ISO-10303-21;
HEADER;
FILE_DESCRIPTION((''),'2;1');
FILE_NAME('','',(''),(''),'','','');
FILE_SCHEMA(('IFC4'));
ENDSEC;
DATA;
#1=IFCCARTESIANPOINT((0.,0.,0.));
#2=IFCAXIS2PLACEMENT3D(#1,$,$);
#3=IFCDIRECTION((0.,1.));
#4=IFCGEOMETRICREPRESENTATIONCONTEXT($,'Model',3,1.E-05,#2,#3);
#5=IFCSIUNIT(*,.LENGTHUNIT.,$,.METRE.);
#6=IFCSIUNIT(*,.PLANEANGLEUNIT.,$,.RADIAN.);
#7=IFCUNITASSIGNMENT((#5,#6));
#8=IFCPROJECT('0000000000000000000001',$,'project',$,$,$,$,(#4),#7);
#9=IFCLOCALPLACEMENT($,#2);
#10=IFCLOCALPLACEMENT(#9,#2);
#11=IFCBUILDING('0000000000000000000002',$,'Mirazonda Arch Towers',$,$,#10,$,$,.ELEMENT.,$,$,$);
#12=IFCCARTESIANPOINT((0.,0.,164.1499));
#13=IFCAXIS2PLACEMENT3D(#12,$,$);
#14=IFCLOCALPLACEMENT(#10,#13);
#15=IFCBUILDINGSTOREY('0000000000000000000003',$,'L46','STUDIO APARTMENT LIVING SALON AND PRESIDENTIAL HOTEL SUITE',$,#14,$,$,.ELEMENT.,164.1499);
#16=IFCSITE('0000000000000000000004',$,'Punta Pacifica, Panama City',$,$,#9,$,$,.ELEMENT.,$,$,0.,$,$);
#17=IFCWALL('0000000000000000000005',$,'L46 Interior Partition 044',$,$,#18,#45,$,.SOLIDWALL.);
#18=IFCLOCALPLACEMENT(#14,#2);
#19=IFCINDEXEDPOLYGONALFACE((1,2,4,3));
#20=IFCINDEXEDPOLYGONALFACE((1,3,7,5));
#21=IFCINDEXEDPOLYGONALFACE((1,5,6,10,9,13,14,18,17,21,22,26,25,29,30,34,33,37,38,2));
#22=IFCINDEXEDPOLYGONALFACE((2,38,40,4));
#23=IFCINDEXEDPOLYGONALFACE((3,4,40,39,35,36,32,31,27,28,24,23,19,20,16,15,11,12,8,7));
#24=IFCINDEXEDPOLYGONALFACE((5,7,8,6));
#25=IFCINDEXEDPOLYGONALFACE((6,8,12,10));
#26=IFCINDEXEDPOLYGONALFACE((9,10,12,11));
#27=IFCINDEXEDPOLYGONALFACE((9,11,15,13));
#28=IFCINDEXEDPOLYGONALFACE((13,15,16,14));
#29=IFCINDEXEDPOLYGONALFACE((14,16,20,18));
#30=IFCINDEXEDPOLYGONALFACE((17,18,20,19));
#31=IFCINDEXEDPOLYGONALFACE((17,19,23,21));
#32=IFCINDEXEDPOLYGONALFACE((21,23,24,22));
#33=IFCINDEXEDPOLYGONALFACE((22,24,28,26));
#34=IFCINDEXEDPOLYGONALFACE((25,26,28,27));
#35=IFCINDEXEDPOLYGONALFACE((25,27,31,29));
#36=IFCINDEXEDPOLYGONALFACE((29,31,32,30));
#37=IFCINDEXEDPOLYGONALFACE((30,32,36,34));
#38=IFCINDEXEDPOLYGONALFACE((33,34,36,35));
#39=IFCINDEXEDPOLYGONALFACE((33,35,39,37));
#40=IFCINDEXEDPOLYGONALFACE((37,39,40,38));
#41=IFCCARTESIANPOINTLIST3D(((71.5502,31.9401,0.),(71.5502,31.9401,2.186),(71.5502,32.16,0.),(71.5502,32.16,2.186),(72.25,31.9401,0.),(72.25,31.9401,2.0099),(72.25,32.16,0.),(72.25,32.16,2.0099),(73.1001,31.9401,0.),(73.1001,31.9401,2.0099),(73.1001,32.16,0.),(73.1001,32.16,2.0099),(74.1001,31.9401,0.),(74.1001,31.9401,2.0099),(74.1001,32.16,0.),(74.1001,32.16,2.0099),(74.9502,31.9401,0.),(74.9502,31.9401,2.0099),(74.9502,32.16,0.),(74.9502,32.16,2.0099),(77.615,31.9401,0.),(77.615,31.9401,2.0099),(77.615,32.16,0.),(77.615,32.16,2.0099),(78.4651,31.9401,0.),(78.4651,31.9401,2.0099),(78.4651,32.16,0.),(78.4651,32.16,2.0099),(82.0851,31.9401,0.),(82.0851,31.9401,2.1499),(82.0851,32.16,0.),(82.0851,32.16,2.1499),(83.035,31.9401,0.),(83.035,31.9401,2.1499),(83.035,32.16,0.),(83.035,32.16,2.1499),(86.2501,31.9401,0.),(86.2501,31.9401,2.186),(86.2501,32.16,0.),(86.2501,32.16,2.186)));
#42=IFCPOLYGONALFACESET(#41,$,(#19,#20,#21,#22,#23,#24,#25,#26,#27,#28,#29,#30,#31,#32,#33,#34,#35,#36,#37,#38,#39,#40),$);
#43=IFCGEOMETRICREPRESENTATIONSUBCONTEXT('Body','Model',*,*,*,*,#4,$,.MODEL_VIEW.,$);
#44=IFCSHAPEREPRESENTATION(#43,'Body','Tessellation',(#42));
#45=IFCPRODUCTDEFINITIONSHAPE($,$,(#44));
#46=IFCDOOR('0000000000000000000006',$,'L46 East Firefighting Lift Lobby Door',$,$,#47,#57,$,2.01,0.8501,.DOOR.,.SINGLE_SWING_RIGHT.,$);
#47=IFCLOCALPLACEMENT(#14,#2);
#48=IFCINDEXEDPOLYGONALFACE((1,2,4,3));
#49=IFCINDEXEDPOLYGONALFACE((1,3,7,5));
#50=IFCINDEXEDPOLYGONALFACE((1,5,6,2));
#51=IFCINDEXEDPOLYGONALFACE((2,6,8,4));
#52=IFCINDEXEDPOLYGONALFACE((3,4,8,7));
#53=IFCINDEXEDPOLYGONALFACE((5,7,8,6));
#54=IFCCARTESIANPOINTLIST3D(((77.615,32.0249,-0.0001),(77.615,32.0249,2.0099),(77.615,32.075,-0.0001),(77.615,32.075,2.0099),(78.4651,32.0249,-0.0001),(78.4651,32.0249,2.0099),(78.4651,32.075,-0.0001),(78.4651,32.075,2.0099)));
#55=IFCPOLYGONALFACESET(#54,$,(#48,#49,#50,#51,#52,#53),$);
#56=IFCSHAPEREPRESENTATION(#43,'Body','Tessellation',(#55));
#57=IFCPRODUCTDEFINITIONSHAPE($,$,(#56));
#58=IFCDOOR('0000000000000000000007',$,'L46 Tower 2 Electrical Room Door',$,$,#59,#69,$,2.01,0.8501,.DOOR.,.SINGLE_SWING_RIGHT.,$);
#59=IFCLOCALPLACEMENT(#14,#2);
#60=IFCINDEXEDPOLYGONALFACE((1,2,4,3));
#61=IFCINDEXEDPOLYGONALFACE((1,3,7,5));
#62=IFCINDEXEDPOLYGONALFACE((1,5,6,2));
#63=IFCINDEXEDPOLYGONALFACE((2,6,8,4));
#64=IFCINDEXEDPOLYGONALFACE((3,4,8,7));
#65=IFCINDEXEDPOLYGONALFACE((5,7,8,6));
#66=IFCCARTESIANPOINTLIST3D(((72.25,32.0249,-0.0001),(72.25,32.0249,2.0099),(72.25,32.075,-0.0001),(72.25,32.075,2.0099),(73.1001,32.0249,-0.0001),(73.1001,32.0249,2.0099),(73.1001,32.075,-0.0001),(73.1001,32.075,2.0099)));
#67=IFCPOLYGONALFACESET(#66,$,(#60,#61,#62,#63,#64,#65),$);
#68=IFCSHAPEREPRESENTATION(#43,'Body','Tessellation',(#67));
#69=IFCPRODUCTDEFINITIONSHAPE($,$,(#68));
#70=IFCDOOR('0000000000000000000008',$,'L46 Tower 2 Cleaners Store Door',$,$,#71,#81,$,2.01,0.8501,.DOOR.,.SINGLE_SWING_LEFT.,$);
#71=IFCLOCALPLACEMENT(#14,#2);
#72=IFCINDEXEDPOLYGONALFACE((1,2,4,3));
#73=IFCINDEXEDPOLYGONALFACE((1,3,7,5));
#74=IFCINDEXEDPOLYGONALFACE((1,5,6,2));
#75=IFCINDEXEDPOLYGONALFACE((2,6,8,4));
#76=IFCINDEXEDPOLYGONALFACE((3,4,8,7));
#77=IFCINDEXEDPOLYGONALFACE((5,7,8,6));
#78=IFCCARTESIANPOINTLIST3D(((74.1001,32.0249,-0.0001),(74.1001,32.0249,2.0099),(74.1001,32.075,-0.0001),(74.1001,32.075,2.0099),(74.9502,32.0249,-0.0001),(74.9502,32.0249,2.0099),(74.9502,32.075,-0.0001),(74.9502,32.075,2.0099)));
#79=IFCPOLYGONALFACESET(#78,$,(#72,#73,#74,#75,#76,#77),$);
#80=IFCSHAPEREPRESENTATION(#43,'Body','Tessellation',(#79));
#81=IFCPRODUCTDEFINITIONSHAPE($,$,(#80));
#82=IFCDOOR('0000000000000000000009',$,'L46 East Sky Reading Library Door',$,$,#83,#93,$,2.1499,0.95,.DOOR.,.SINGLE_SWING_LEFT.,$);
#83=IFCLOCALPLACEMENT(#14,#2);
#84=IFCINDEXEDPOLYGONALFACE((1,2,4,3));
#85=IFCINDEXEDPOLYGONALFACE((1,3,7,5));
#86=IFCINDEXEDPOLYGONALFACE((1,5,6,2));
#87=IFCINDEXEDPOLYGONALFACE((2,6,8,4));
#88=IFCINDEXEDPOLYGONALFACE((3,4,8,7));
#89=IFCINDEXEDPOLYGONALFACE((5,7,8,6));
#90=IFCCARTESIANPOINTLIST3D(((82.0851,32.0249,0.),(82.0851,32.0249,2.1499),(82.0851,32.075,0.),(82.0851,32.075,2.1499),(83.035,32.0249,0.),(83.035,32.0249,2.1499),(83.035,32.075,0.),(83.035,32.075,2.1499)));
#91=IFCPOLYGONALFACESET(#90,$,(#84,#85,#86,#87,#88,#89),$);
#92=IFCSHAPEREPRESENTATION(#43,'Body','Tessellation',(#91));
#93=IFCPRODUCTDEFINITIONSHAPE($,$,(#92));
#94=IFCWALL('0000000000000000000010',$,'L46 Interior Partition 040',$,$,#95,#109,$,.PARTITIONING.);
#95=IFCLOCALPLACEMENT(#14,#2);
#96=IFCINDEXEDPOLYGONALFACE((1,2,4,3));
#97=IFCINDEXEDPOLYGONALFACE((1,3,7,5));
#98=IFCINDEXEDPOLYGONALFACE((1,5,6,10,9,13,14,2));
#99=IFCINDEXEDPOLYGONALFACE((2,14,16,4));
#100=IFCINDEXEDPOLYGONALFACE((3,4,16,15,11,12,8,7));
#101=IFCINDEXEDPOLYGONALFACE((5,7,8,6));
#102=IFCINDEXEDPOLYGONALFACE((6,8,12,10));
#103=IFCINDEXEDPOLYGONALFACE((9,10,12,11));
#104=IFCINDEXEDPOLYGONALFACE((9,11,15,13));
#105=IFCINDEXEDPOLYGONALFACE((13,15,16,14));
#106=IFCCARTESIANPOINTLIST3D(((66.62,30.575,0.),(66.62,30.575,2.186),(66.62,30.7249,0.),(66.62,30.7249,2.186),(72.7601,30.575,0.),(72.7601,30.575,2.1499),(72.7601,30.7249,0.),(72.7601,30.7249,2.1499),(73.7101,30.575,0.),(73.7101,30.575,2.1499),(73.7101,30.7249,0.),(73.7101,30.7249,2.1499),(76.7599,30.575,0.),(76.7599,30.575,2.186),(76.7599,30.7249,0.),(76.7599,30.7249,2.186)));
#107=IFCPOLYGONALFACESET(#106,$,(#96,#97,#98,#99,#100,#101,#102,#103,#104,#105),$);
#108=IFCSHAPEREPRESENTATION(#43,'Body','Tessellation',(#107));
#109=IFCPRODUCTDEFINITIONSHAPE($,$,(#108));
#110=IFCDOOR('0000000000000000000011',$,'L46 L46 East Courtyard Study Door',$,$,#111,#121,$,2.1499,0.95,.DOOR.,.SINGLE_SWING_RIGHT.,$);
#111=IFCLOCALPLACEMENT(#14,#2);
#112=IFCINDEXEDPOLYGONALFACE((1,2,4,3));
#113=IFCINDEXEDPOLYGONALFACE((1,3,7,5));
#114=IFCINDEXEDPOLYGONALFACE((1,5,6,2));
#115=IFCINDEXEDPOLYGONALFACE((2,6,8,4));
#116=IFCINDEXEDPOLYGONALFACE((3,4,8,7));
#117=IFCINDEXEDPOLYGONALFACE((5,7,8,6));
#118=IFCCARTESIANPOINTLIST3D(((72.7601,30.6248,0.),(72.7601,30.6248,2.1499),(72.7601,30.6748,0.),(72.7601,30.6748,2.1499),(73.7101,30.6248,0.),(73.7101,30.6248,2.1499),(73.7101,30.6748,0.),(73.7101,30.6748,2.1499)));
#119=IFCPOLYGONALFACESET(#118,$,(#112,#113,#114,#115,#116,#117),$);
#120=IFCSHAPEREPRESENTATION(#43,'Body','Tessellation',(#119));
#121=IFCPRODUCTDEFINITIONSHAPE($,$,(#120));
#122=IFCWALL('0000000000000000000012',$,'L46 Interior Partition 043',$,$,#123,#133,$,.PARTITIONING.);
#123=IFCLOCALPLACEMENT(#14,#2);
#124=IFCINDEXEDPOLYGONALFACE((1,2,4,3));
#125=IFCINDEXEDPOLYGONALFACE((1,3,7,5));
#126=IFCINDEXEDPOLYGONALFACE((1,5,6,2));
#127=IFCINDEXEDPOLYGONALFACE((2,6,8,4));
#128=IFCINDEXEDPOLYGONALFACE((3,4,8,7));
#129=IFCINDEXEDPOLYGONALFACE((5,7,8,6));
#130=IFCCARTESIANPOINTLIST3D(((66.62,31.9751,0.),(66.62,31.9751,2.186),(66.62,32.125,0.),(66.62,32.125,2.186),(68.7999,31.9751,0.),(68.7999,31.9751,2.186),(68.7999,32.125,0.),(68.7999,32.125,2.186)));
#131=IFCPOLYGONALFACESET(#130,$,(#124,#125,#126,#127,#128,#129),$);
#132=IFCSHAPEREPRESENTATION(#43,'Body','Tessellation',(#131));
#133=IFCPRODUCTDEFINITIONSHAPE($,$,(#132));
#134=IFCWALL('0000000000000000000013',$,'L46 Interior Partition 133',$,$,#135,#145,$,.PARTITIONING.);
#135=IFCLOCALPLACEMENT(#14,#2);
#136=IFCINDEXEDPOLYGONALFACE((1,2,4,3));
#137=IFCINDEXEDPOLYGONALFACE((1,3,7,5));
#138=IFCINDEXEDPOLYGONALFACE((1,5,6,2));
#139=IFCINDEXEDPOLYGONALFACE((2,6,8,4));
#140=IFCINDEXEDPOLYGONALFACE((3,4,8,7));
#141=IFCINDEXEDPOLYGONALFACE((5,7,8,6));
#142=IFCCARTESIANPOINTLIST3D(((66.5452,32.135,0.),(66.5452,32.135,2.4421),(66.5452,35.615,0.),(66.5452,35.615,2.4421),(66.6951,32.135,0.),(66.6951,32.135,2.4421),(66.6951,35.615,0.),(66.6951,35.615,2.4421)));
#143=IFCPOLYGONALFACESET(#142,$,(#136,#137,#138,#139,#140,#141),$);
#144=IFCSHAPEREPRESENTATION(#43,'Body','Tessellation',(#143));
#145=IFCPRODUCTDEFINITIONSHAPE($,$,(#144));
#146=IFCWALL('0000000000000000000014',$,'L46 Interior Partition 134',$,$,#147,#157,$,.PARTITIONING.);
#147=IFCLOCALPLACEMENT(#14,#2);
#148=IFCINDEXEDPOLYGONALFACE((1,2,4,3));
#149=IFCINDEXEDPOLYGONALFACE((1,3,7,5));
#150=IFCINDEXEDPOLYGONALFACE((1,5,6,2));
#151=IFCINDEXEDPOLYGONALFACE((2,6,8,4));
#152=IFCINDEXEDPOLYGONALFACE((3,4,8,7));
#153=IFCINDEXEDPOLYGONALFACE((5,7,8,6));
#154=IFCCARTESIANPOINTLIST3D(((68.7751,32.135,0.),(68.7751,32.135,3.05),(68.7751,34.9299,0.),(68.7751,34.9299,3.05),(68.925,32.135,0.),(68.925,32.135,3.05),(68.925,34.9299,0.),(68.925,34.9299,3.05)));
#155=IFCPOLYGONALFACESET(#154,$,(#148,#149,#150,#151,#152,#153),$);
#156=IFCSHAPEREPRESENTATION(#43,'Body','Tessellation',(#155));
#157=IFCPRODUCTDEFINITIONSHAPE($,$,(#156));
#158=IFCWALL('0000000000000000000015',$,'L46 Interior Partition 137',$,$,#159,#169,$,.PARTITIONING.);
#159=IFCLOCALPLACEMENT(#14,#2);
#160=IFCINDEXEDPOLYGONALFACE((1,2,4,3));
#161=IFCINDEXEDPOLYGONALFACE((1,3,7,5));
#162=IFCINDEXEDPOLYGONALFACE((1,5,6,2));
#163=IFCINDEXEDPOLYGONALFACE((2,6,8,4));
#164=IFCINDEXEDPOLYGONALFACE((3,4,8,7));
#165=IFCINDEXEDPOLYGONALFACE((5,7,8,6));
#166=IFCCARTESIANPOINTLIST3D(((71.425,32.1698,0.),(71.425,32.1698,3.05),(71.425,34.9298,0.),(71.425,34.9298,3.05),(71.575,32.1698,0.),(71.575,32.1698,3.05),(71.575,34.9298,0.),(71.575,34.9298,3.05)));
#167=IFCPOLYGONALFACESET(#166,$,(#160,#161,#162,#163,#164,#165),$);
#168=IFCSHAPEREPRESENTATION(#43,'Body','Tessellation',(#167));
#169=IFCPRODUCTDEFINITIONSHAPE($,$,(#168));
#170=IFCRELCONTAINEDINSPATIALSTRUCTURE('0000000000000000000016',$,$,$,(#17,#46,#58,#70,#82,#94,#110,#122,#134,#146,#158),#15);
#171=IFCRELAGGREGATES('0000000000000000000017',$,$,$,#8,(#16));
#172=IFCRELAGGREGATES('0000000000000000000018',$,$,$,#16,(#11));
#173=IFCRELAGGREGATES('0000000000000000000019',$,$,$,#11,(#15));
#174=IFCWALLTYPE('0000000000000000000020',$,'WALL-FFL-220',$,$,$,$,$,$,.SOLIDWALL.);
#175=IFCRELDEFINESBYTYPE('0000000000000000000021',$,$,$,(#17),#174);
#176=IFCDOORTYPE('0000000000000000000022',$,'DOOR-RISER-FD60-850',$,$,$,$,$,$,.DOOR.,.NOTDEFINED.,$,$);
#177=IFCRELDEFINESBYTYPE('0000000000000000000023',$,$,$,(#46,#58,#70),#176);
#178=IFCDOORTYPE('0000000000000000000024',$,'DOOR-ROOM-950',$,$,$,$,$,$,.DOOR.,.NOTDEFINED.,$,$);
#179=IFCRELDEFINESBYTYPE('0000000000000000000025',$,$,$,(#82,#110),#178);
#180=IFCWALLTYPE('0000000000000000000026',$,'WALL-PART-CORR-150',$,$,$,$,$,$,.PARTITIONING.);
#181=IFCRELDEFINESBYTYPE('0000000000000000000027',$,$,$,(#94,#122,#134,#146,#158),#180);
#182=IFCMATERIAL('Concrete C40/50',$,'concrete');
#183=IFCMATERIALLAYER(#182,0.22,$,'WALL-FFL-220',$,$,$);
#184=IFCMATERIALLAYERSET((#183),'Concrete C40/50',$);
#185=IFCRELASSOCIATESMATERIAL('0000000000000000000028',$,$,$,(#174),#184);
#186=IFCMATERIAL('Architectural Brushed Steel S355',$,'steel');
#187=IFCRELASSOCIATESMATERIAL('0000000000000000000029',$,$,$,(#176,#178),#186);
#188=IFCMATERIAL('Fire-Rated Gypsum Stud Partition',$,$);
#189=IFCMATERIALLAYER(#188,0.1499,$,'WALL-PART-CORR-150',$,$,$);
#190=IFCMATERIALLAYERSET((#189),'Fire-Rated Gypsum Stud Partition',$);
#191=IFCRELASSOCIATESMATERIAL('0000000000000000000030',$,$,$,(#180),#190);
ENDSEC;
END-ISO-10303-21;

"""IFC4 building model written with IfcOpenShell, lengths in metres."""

from ifc_helpers import new_model, si_unit, direction, frame, frame_2d, origin, place, context, subcontext, project, spatial, rectangle, extrude, material, layer, layer_set, type_object, element, fill, save


model = new_model("IFC4")

# Units and contexts
model_context = context("Model", 3, precision=1e-05, world=origin(), true_north=direction((0.0, 1.0)))
body_context = subcontext(model_context, "Body", "Model", "MODEL_VIEW")
ifc_project = project(units=[si_unit("LENGTHUNIT", "METRE"), si_unit("PLANEANGLEUNIT", "RADIAN")], contexts=[model_context])

# Site, building, storey
site_placement = place(None, origin())
site = spatial("IfcSite", under=ifc_project, at=site_placement, Name="Punta Pacifica, Panama City", CompositionType="ELEMENT", RefElevation=0.0)
building_placement = place(site_placement, origin())
building = spatial("IfcBuilding", under=site, at=building_placement, Name="Mirazonda Arch Towers", CompositionType="ELEMENT")
storey_placement = place(building_placement, frame((0.0, 0.0, 164.1499)))
storey = spatial("IfcBuildingStorey", under=building, at=storey_placement, Name="L46", Description="STUDIO APARTMENT LIVING SALON AND PRESIDENTIAL HOTEL SUITE", CompositionType="ELEMENT", Elevation=164.1499)

# Wall, openings, doors
ifc_material_1 = material(Name="Architectural Brushed Steel S355", Category="steel")
ifc_material_2 = material(Name="Concrete C40/50", Category="concrete")
ifc_layer_1 = layer(ifc_material_2, 0.22, Name="WALL-FFL-220")
ifc_layer_set_1 = layer_set([ifc_layer_1], Name="Concrete C40/50")
wall_type_1 = type_object("IfcWallType", Name="WALL-FFL-220", PredefinedType="SOLIDWALL", material=ifc_layer_set_1)
wall_1_placement = place(storey_placement, frame((71.55, 32.05, 0.0), z_axis=(0.0, 0.0, 1.0), x_axis=(1.0, 0.0, 0.0)))
wall_1 = element("IfcWall", 1, at=wall_1_placement, inside=storey, type_object=wall_type_1, Name="L46 Interior Partition 044", PredefinedType="SOLIDWALL", context=body_context, shape_type="SweptSolid", body=[
    extrude(rectangle(XDim=14.7, YDim=0.22, at=frame_2d((7.3501, 0.0))), origin(), (0.0, 0.0, 1.0), 2.186),
])
opening_1_placement = place(wall_1_placement, frame((6.0649, 0.0, 0.0)))
opening_1 = element("IfcOpeningElement", 2, at=opening_1_placement, cuts=wall_1, PredefinedType="OPENING", context=body_context, shape_type="SweptSolid", body=[
    extrude(rectangle(XDim=0.8501, YDim=2.01, at=frame_2d((0.425, 1.0049))), frame((0.0, 0.1199, 0.0), z_axis=(0.0, -1.0, 0.0), x_axis=(1.0, 0.0, 0.0)), (0.0, 0.0, 1.0), 0.24),
])
opening_2_placement = place(wall_1_placement, frame((10.5349, 0.0, 0.0)))
opening_2 = element("IfcOpeningElement", 3, at=opening_2_placement, cuts=wall_1, PredefinedType="OPENING", context=body_context, shape_type="SweptSolid", body=[
    extrude(rectangle(XDim=0.95, YDim=2.1499, at=frame_2d((0.4751, 1.075))), frame((0.0, 0.1199, 0.0), z_axis=(0.0, -1.0, 0.0), x_axis=(1.0, 0.0, 0.0)), (0.0, 0.0, 1.0), 0.24),
])
opening_3_placement = place(wall_1_placement, frame((0.7, 0.0, 0.0)))
opening_3 = element("IfcOpeningElement", 4, at=opening_3_placement, cuts=wall_1, PredefinedType="OPENING", context=body_context, shape_type="SweptSolid", body=[
    extrude(rectangle(XDim=0.8501, YDim=2.01, at=frame_2d((0.425, 1.0049))), frame((0.0, 0.1199, 0.0), z_axis=(0.0, -1.0, 0.0), x_axis=(1.0, 0.0, 0.0)), (0.0, 0.0, 1.0), 0.24),
])
opening_4_placement = place(wall_1_placement, frame((2.55, 0.0, 0.0)))
opening_4 = element("IfcOpeningElement", 5, at=opening_4_placement, cuts=wall_1, PredefinedType="OPENING", context=body_context, shape_type="SweptSolid", body=[
    extrude(rectangle(XDim=0.8501, YDim=2.01, at=frame_2d((0.425, 1.0049))), frame((0.0, 0.1199, 0.0), z_axis=(0.0, -1.0, 0.0), x_axis=(1.0, 0.0, 0.0)), (0.0, 0.0, 1.0), 0.24),
])
door_type_1 = type_object("IfcDoorType", Name="DOOR-RISER-FD60-850", OperationType="NOTDEFINED", PredefinedType="DOOR", material=ifc_material_1)
door_1_placement = place(opening_1_placement, origin())
door_1 = element("IfcDoor", 6, at=door_1_placement, inside=storey, type_object=door_type_1, Name="L46 East Firefighting Lift Lobby Door", OperationType="SINGLE_SWING_RIGHT", OverallHeight=2.01, OverallWidth=0.8501, PredefinedType="DOOR", context=body_context, shape_type="SweptSolid", body=[
    extrude(rectangle(XDim=0.8501, YDim=2.01, at=frame_2d((0.425, 1.0049))), frame((0.0, 0.0249, 0.0), z_axis=(0.0, -1.0, 0.0), x_axis=(1.0, 0.0, 0.0)), (0.0, 0.0, 1.0), 0.05),
])
fill(opening_1, door_1)
door_2_placement = place(opening_3_placement, origin())
door_2 = element("IfcDoor", 7, at=door_2_placement, inside=storey, type_object=door_type_1, Name="L46 Tower 2 Electrical Room Door", OperationType="SINGLE_SWING_RIGHT", OverallHeight=2.01, OverallWidth=0.8501, PredefinedType="DOOR", context=body_context, shape_type="SweptSolid", body=[
    extrude(rectangle(XDim=0.8501, YDim=2.01, at=frame_2d((0.425, 1.0049))), frame((0.0, 0.0249, 0.0), z_axis=(0.0, -1.0, 0.0), x_axis=(1.0, 0.0, 0.0)), (0.0, 0.0, 1.0), 0.05),
])
fill(opening_3, door_2)
door_3_placement = place(opening_4_placement, origin())
door_3 = element("IfcDoor", 8, at=door_3_placement, inside=storey, type_object=door_type_1, Name="L46 Tower 2 Cleaners Store Door", OperationType="SINGLE_SWING_LEFT", OverallHeight=2.01, OverallWidth=0.8501, PredefinedType="DOOR", context=body_context, shape_type="SweptSolid", body=[
    extrude(rectangle(XDim=0.8501, YDim=2.01, at=frame_2d((0.425, 1.0049))), frame((0.0, 0.0249, 0.0), z_axis=(0.0, -1.0, 0.0), x_axis=(1.0, 0.0, 0.0)), (0.0, 0.0, 1.0), 0.05),
])
fill(opening_4, door_3)
door_type_2 = type_object("IfcDoorType", Name="DOOR-ROOM-950", OperationType="NOTDEFINED", PredefinedType="DOOR", material=ifc_material_1)
door_4_placement = place(opening_2_placement, origin())
door_4 = element("IfcDoor", 9, at=door_4_placement, inside=storey, type_object=door_type_2, Name="L46 East Sky Reading Library Door", OperationType="SINGLE_SWING_LEFT", OverallHeight=2.1499, OverallWidth=0.95, PredefinedType="DOOR", context=body_context, shape_type="SweptSolid", body=[
    extrude(rectangle(XDim=0.95, YDim=2.1499, at=frame_2d((0.4751, 1.075))), frame((0.0, 0.0249, 0.0), z_axis=(0.0, -1.0, 0.0), x_axis=(1.0, 0.0, 0.0)), (0.0, 0.0, 1.0), 0.05),
])
fill(opening_2, door_4)

# Wall, opening, door
ifc_material_3 = material(Name="Fire-Rated Gypsum Stud Partition")
ifc_layer_2 = layer(ifc_material_3, 0.1499, Name="WALL-PART-CORR-150")
ifc_layer_set_2 = layer_set([ifc_layer_2], Name="Fire-Rated Gypsum Stud Partition")
wall_type_2 = type_object("IfcWallType", Name="WALL-PART-CORR-150", PredefinedType="PARTITIONING", material=ifc_layer_set_2)
wall_2_placement = place(storey_placement, frame((66.6201, 30.6499, 0.0), z_axis=(0.0, 0.0, 1.0), x_axis=(1.0, 0.0, 0.0)))
wall_2 = element("IfcWall", 10, at=wall_2_placement, inside=storey, type_object=wall_type_2, Name="L46 Interior Partition 040", PredefinedType="PARTITIONING", context=body_context, shape_type="SweptSolid", body=[
    extrude(rectangle(XDim=10.1399, YDim=0.1499, at=frame_2d((5.0698, 0.0))), origin(), (0.0, 0.0, 1.0), 2.186),
])
opening_5_placement = place(wall_2_placement, frame((6.1399, 0.0, 0.0)))
opening_5 = element("IfcOpeningElement", 11, at=opening_5_placement, cuts=wall_2, PredefinedType="OPENING", context=body_context, shape_type="SweptSolid", body=[
    extrude(rectangle(XDim=0.95, YDim=2.1499, at=frame_2d((0.4751, 1.075))), frame((0.0, 0.085, 0.0), z_axis=(0.0, -1.0, 0.0), x_axis=(1.0, 0.0, 0.0)), (0.0, 0.0, 1.0), 0.1699),
])
door_5_placement = place(opening_5_placement, origin())
door_5 = element("IfcDoor", 12, at=door_5_placement, inside=storey, type_object=door_type_2, Name="L46 L46 East Courtyard Study Door", OperationType="SINGLE_SWING_RIGHT", OverallHeight=2.1499, OverallWidth=0.95, PredefinedType="DOOR", context=body_context, shape_type="SweptSolid", body=[
    extrude(rectangle(XDim=0.95, YDim=2.1499, at=frame_2d((0.4751, 1.075))), frame((0.0, 0.0249, 0.0), z_axis=(0.0, -1.0, 0.0), x_axis=(1.0, 0.0, 0.0)), (0.0, 0.0, 1.0), 0.05),
])
fill(opening_5, door_5)

# Walls
wall_3_placement = place(storey_placement, frame((66.6201, 32.05, 0.0), z_axis=(0.0, 0.0, 1.0), x_axis=(1.0, 0.0, 0.0)))
element("IfcWall", 13, at=wall_3_placement, inside=storey, type_object=wall_type_2, Name="L46 Interior Partition 043", PredefinedType="PARTITIONING", context=body_context, shape_type="SweptSolid", body=[
    extrude(rectangle(XDim=2.1799, YDim=0.1499, at=frame_2d((1.0898, 0.0))), origin(), (0.0, 0.0, 1.0), 2.186),
])
wall_4_placement = place(storey_placement, frame((66.6201, 32.135, 0.0), z_axis=(0.0, 0.0, 1.0), x_axis=(0.0, 1.0, 0.0)))
element("IfcWall", 14, at=wall_4_placement, inside=storey, type_object=wall_type_2, Name="L46 Interior Partition 133", PredefinedType="PARTITIONING", context=body_context, shape_type="SweptSolid", body=[
    extrude(rectangle(XDim=3.48, YDim=0.1499, at=frame_2d((1.74, 0.0))), origin(), (0.0, 0.0, 1.0), 2.4421),
])
wall_5_placement = place(storey_placement, frame((68.8501, 32.135, 0.0), z_axis=(0.0, 0.0, 1.0), x_axis=(0.0, 1.0, 0.0)))
element("IfcWall", 15, at=wall_5_placement, inside=storey, type_object=wall_type_2, Name="L46 Interior Partition 134", PredefinedType="PARTITIONING", context=body_context, shape_type="SweptSolid", body=[
    extrude(rectangle(XDim=2.7949, YDim=0.1499, at=frame_2d((1.3975, 0.0))), origin(), (0.0, 0.0, 1.0), 3.05),
])
for number, where, z_axis, x_axis, name in (
    (16, (71.5, 32.1699, 0.0), (0.0, 0.0, 1.0), (0.0, 1.0, 0.0), "L46 Interior Partition 137"),
):
    element("IfcWall", number, at=place(storey_placement, frame(where, z_axis=z_axis, x_axis=x_axis)), inside=storey, type_object=wall_type_2, Name=name, PredefinedType="PARTITIONING", context=body_context, shape_type="SweptSolid", body=[
        extrude(rectangle(XDim=2.76, YDim=0.1499, at=frame_2d((1.3799, 0.0))), origin(), (0.0, 0.0, 1.0), 3.05),
    ])

save(model, "model.ifc")
